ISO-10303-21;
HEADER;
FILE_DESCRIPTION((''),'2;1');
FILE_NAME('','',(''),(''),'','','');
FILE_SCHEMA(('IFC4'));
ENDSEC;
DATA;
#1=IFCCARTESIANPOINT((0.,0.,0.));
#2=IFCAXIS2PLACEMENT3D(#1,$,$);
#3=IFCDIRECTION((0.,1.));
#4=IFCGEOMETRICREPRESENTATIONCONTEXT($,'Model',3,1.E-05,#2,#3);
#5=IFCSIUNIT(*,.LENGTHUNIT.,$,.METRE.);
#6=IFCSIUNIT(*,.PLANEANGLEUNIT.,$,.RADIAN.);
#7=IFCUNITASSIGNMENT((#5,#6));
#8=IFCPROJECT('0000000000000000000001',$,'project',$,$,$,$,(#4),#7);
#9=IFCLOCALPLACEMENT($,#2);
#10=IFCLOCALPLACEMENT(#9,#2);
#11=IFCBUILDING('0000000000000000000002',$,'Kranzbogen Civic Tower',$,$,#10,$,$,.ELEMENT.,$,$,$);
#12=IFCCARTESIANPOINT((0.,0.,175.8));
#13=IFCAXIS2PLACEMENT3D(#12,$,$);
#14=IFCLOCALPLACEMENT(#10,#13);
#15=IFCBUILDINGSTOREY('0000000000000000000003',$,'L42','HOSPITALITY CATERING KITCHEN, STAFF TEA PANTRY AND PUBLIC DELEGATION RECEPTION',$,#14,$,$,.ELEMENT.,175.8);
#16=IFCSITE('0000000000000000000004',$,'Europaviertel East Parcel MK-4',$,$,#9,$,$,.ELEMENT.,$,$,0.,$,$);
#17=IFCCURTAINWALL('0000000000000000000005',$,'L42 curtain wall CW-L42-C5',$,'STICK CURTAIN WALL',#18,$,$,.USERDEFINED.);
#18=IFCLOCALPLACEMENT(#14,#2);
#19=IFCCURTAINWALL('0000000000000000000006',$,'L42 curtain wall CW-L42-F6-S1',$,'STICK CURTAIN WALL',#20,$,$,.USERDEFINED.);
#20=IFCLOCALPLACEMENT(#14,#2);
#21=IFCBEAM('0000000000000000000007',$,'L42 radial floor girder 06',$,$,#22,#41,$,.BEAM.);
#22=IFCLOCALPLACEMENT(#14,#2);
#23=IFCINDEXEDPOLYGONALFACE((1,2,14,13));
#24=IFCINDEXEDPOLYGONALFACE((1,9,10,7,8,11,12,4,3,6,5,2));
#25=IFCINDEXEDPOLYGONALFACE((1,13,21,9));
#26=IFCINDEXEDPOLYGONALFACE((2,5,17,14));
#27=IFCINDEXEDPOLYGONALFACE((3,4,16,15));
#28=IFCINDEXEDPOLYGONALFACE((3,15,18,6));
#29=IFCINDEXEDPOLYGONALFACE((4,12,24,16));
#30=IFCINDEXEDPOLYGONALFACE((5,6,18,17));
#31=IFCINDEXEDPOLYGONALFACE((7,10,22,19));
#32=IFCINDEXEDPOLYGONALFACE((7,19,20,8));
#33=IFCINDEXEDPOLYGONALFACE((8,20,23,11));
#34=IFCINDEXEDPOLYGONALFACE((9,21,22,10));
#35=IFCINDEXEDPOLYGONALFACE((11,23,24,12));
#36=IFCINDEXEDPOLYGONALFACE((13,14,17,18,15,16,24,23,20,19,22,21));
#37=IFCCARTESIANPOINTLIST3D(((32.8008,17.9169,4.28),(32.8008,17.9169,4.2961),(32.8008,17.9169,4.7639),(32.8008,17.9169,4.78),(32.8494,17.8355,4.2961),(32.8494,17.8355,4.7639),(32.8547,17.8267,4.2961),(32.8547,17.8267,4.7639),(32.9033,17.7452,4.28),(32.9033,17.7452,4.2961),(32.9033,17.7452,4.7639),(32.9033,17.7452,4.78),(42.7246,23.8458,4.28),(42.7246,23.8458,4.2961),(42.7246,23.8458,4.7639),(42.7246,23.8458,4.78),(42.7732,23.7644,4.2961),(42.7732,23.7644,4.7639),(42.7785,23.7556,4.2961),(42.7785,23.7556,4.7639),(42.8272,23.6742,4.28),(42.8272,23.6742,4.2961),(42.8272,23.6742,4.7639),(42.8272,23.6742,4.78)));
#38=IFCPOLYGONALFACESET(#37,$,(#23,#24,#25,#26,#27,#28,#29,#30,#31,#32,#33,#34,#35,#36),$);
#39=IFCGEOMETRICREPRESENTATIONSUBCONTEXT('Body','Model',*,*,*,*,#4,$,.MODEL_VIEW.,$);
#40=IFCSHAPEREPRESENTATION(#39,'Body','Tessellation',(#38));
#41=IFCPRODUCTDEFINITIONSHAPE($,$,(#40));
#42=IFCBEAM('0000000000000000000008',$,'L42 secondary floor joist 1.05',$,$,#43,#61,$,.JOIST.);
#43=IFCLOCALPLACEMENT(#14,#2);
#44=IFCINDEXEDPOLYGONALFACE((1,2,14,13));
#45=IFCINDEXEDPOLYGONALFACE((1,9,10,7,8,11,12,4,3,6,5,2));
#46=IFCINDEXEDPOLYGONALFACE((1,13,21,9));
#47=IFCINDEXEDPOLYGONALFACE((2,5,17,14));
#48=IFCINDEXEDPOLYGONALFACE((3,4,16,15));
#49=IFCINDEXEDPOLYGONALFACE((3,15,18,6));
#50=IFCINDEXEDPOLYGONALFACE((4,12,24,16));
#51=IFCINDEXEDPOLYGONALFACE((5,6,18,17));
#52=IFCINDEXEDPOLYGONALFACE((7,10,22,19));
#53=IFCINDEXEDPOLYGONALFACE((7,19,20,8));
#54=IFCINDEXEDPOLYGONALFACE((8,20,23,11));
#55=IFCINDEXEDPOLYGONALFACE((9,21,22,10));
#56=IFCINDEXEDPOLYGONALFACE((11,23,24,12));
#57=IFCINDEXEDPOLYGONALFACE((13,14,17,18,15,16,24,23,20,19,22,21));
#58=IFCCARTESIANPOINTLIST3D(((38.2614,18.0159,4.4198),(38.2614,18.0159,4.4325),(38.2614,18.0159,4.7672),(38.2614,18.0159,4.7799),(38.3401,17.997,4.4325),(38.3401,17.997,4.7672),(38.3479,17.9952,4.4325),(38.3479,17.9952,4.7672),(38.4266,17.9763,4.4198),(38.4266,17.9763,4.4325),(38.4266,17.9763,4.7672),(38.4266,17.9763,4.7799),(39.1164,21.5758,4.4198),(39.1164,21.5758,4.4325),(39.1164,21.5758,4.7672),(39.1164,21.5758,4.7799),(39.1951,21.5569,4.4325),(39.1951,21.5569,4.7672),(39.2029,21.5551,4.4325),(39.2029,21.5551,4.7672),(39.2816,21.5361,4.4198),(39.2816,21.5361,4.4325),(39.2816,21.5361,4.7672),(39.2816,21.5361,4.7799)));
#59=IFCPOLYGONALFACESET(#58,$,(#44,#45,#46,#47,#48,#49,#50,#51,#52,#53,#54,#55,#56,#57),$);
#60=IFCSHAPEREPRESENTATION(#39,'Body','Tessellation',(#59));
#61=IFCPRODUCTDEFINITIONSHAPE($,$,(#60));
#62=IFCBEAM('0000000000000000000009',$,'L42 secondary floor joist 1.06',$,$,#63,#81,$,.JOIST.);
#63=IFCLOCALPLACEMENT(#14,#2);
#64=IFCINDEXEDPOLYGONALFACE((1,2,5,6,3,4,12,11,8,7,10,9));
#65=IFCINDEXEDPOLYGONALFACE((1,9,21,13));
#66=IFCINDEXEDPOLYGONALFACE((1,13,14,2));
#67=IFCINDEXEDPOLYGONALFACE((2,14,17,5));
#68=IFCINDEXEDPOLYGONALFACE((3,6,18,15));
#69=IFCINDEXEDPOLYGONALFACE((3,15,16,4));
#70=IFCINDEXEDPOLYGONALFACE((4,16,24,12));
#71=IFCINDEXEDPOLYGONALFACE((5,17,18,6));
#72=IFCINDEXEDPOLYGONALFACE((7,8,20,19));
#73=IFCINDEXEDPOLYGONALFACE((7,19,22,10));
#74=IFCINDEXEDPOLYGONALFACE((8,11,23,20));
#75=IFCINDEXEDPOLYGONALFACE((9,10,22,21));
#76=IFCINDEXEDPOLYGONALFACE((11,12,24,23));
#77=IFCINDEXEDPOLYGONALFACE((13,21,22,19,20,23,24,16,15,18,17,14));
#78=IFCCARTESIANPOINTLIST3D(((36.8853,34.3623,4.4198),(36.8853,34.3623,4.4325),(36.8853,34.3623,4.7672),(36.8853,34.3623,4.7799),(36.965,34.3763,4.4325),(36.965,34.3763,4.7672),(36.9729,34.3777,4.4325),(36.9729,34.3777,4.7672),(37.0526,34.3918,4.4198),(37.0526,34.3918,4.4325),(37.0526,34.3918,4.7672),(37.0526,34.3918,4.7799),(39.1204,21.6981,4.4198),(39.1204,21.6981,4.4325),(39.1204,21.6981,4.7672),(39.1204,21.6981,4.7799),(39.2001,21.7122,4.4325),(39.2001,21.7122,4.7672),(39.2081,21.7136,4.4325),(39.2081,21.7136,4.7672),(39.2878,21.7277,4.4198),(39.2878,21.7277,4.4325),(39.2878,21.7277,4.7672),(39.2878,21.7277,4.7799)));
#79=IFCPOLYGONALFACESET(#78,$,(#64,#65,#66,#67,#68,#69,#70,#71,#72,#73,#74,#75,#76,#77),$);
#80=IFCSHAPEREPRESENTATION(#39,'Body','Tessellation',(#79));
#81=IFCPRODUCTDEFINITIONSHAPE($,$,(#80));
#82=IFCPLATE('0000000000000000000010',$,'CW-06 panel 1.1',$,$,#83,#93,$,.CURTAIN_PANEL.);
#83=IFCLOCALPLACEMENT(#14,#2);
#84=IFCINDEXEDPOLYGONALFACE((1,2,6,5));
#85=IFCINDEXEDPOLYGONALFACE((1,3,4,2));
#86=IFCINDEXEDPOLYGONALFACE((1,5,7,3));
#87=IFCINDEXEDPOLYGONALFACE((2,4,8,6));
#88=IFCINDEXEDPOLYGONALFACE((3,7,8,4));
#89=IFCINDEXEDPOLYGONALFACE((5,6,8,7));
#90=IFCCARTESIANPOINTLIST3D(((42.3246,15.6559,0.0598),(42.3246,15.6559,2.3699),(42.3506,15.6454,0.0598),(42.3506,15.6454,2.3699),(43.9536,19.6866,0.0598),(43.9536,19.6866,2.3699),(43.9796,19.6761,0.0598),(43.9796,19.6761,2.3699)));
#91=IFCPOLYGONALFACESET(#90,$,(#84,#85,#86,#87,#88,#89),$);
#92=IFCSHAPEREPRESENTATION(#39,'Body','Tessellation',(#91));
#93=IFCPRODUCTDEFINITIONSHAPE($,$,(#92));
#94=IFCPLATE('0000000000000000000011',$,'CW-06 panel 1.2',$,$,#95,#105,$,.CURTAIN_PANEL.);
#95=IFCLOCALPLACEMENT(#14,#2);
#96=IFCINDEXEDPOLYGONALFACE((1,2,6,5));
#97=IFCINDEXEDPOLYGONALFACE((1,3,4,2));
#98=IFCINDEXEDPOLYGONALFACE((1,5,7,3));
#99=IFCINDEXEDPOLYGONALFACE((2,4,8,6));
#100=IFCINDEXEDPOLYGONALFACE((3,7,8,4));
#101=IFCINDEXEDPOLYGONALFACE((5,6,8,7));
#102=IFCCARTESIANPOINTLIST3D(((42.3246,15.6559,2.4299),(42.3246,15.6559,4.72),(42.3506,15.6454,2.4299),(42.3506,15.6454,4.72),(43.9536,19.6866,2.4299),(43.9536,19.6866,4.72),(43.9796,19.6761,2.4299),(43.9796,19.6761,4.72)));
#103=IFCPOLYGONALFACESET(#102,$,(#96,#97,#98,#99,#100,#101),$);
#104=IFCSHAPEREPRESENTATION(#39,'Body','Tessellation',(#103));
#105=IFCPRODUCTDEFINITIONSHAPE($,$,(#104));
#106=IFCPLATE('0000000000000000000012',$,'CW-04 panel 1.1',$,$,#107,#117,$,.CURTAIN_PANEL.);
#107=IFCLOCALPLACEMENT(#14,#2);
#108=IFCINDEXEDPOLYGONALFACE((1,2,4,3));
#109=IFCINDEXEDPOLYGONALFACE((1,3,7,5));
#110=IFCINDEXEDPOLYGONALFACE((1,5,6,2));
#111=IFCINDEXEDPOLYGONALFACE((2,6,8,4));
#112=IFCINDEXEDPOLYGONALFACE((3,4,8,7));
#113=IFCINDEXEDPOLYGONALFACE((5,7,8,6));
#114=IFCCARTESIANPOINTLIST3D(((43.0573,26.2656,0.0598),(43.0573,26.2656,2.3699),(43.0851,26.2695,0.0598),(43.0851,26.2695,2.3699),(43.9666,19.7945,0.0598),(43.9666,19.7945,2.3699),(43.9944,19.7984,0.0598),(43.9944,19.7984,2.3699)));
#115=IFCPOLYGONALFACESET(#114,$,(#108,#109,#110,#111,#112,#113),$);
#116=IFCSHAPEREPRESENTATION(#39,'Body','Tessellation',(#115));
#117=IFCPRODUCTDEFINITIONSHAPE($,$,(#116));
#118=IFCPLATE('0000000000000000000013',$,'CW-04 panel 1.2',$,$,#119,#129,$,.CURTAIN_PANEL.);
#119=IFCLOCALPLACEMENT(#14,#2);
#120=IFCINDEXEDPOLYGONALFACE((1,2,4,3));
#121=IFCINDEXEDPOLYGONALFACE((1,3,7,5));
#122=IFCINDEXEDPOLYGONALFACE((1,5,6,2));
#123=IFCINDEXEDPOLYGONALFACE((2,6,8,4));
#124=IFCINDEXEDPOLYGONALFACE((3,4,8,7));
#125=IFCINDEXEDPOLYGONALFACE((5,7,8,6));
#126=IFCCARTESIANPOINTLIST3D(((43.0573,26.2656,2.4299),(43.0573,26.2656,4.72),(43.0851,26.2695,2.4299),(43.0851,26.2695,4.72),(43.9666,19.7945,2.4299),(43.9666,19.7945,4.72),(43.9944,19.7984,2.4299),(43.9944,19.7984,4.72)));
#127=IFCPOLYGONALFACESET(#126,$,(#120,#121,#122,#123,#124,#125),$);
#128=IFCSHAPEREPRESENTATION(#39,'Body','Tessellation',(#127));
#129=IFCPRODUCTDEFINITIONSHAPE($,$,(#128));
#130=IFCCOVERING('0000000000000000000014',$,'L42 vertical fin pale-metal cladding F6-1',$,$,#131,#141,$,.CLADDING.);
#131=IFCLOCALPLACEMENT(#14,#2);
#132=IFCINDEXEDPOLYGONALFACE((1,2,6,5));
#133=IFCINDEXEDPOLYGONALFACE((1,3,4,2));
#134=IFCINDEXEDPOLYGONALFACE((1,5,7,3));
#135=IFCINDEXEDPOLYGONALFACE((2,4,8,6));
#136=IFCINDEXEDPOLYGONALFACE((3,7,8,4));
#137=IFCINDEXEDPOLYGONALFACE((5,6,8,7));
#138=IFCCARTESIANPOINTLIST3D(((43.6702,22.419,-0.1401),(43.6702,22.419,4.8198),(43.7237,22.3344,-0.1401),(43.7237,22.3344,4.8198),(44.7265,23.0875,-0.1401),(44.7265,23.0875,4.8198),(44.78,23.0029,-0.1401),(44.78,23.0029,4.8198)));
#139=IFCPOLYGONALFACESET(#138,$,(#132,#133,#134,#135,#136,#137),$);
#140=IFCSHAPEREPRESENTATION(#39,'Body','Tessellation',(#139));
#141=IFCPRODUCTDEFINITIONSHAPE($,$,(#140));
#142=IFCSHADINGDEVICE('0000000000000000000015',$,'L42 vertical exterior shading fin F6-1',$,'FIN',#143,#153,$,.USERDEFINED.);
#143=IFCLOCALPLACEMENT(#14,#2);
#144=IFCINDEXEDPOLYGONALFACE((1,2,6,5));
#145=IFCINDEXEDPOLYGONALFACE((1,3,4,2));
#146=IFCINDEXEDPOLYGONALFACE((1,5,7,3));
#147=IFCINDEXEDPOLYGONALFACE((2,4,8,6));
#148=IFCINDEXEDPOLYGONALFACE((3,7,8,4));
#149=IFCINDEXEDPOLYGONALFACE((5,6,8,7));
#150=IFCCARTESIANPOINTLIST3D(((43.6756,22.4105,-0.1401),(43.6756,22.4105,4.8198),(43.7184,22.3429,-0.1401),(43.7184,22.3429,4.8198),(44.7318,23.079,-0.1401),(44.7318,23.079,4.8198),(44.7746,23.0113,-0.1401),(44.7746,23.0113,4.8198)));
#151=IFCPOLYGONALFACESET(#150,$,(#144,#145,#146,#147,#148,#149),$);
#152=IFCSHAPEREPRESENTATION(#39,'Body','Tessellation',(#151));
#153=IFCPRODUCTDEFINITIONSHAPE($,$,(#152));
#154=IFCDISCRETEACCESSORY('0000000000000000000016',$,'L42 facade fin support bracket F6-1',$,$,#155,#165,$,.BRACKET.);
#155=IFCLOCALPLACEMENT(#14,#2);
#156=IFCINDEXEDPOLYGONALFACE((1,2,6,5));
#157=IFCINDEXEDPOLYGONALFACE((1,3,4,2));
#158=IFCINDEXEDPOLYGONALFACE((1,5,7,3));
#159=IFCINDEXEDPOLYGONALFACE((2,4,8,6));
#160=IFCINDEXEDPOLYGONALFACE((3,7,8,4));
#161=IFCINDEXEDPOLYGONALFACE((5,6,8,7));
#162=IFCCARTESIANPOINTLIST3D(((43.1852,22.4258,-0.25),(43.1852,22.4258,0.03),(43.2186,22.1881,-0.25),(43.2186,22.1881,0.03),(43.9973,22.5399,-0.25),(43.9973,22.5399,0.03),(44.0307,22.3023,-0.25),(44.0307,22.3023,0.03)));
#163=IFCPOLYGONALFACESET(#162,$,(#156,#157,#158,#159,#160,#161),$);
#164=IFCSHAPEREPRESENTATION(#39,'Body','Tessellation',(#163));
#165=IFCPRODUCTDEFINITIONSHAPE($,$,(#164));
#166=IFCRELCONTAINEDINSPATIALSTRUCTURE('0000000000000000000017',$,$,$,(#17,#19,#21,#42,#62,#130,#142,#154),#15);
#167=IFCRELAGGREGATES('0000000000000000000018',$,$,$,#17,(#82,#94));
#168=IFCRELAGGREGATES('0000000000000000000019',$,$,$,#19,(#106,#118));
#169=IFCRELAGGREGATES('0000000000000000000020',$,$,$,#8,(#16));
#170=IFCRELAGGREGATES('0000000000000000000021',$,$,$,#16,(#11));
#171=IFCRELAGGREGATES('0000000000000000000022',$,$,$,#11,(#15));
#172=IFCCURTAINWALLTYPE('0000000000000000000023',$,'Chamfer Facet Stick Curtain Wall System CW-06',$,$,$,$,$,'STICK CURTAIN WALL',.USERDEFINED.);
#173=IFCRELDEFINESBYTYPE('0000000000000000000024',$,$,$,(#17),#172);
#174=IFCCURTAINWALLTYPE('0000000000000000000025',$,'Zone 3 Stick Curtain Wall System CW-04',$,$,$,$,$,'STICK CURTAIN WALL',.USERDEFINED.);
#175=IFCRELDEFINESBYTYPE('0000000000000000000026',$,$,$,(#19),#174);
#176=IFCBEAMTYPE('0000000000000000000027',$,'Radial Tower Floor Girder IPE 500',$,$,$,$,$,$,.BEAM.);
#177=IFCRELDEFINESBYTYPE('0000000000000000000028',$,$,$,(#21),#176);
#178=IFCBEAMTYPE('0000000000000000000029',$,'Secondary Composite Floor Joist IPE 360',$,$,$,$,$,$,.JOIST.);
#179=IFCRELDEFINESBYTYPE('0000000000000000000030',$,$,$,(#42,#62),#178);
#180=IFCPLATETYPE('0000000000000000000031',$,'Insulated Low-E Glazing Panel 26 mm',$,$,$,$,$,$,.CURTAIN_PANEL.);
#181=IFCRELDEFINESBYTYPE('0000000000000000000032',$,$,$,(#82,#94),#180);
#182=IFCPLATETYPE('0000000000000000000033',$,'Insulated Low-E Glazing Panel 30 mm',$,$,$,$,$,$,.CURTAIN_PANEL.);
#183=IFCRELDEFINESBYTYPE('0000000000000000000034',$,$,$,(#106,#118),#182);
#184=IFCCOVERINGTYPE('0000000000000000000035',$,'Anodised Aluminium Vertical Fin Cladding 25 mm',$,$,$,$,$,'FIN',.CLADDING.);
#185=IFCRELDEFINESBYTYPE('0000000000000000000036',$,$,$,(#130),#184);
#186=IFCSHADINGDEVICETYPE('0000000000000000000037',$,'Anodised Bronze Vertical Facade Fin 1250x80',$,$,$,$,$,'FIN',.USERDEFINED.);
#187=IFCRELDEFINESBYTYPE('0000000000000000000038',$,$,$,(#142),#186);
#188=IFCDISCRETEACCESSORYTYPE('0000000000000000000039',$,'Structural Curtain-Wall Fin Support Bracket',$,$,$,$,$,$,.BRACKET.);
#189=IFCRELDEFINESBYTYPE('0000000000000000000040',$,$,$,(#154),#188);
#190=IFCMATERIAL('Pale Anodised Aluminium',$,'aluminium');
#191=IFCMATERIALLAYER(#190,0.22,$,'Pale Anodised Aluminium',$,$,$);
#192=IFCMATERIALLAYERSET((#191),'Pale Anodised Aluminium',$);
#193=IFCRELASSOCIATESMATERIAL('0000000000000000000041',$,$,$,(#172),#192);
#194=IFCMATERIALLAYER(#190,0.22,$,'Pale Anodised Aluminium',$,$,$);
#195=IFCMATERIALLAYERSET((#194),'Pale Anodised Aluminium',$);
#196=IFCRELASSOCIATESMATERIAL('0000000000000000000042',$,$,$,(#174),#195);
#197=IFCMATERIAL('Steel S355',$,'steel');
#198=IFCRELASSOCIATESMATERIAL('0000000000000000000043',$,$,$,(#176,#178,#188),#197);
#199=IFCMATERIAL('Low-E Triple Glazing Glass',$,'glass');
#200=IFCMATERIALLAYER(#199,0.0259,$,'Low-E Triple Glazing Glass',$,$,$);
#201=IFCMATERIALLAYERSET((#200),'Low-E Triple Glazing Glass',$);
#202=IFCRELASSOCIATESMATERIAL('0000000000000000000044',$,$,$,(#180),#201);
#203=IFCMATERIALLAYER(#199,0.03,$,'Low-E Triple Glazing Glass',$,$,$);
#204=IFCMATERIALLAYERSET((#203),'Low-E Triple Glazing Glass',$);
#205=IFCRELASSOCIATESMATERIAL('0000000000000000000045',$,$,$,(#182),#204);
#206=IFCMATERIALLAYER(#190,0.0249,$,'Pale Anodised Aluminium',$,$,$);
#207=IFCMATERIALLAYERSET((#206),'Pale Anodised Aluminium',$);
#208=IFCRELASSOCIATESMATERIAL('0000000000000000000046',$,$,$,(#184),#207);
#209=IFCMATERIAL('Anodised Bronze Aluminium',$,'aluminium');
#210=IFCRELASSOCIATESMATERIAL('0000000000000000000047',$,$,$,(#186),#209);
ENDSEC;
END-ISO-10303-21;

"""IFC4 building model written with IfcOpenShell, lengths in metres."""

from ifc_helpers import new_model, si_unit, direction, frame, origin, origin_2d, place, context, subcontext, project, spatial, rectangle, i_section, extrude, material, layer, layer_set, material_profile, profile_set, type_object, element, aggregate, save


model = new_model("IFC4")

# Units and contexts
model_context = context("Model", 3, precision=1e-05, world=origin(), true_north=direction((0.0, 1.0)))
body_context = subcontext(model_context, "Body", "Model", "MODEL_VIEW")
ifc_project = project(units=[si_unit("LENGTHUNIT", "METRE"), si_unit("PLANEANGLEUNIT", "RADIAN")], contexts=[model_context])

# Site, building, storey
site_placement = place(None, origin())
site = spatial("IfcSite", under=ifc_project, at=site_placement, Name="Europaviertel East Parcel MK-4", CompositionType="ELEMENT", RefElevation=0.0)
building_placement = place(site_placement, origin())
building = spatial("IfcBuilding", under=site, at=building_placement, Name="Kranzbogen Civic Tower", CompositionType="ELEMENT")
storey_placement = place(building_placement, frame((0.0, 0.0, 175.8)))
storey = spatial("IfcBuildingStorey", under=building, at=storey_placement, Name="L42", Description="HOSPITALITY CATERING KITCHEN, STAFF TEA PANTRY AND PUBLIC DELEGATION RECEPTION", CompositionType="ELEMENT", Elevation=175.8)

# Shared definitions
ifc_material_1 = material(Name="Steel S355", Category="steel")

# Curtain wall
ifc_material_2 = material(Name="Pale Anodised Aluminium", Category="aluminium")
ifc_layer_1 = layer(ifc_material_2, 0.22, Name="Pale Anodised Aluminium")
ifc_layer_set_1 = layer_set([ifc_layer_1], Name="Pale Anodised Aluminium")
curtain_wall_type_1 = type_object("IfcCurtainWallType", Name="Chamfer Facet Stick Curtain Wall System CW-06", ElementType="STICK CURTAIN WALL", PredefinedType="USERDEFINED", material=ifc_layer_set_1)
curtain_wall_1_placement = place(storey_placement, origin())
curtain_wall_1 = element("IfcCurtainWall", 1, at=curtain_wall_1_placement, inside=storey, type_object=curtain_wall_type_1, Name="L42 curtain wall CW-L42-C5", ObjectType="STICK CURTAIN WALL", PredefinedType="USERDEFINED")

# Curtain wall
ifc_layer_2 = layer(ifc_material_2, 0.22, Name="Pale Anodised Aluminium")
ifc_layer_set_2 = layer_set([ifc_layer_2], Name="Pale Anodised Aluminium")
curtain_wall_type_2 = type_object("IfcCurtainWallType", Name="Zone 3 Stick Curtain Wall System CW-04", ElementType="STICK CURTAIN WALL", PredefinedType="USERDEFINED", material=ifc_layer_set_2)
curtain_wall_2_placement = place(storey_placement, origin())
curtain_wall_2 = element("IfcCurtainWall", 2, at=curtain_wall_2_placement, inside=storey, type_object=curtain_wall_type_2, Name="L42 curtain wall CW-L42-F6-S1", ObjectType="STICK CURTAIN WALL", PredefinedType="USERDEFINED")

# Beams
ifc_material_profile_1 = material_profile(ifc_material_1, i_section(OverallWidth=0.2, OverallDepth=0.5, WebThickness=0.0103, FlangeThickness=0.0161, at=origin_2d()), Name="IPE 500")
ifc_profile_set_1 = profile_set([ifc_material_profile_1], Name="Steel S355")
beam_type_1 = type_object("IfcBeamType", Name="Radial Tower Floor Girder IPE 500", PredefinedType="BEAM", material=ifc_profile_set_1)
beam_1_placement = place(storey_placement, frame((42.7759, 23.76, 4.53), z_axis=(-0.858459, -0.512883, 0.0), x_axis=(0.512883, -0.858459, 0.0)))
element("IfcBeam", 3, at=beam_1_placement, inside=storey, type_object=beam_type_1, Name="L42 radial floor girder 06", PredefinedType="BEAM", context=body_context, shape_type="SweptSolid", body=[
    extrude(i_section(OverallWidth=0.2, OverallDepth=0.5, WebThickness=0.0103, FlangeThickness=0.0161, at=origin_2d()), origin(), (0.0, 0.0, 1.0), 11.5601),
])
ifc_material_profile_2 = material_profile(ifc_material_1, i_section(OverallWidth=0.1699, OverallDepth=0.3601, WebThickness=0.0081, FlangeThickness=0.0127, at=origin_2d()), Name="IPE 360")
ifc_profile_set_2 = profile_set([ifc_material_profile_2], Name="Steel S355")
beam_type_2 = type_object("IfcBeamType", Name="Secondary Composite Floor Joist IPE 360", PredefinedType="JOIST", material=ifc_profile_set_2)
beam_2_placement = place(storey_placement, frame((38.344, 17.9961, 4.5999), z_axis=(0.233534, 0.972349, 0.0), x_axis=(-0.972349, 0.233534, 0.0)))
element("IfcBeam", 4, at=beam_2_placement, inside=storey, type_object=beam_type_2, Name="L42 secondary floor joist 1.05", PredefinedType="JOIST", context=body_context, shape_type="SweptSolid", body=[
    extrude(i_section(OverallWidth=0.1699, OverallDepth=0.3601, WebThickness=0.0081, FlangeThickness=0.0127, at=origin_2d()), origin(), (0.0, 0.0, 1.0), 3.6611),
])
beam_3_placement = place(storey_placement, frame((39.2041, 21.7129, 4.5999), z_axis=(-0.173806, 0.98478, 0.0), x_axis=(-0.98478, -0.173806, 0.0)))
element("IfcBeam", 5, at=beam_3_placement, inside=storey, type_object=beam_type_2, Name="L42 secondary floor joist 1.06", PredefinedType="JOIST", context=body_context, shape_type="SweptSolid", body=[
    extrude(i_section(OverallWidth=0.1699, OverallDepth=0.3601, WebThickness=0.0081, FlangeThickness=0.0127, at=origin_2d()), origin(), (0.0, 0.0, 1.0), 12.8599),
])

# Plates
ifc_material_3 = material(Name="Low-E Triple Glazing Glass", Category="glass")
ifc_layer_3 = layer(ifc_material_3, 0.0259, Name="Low-E Triple Glazing Glass")
ifc_layer_set_3 = layer_set([ifc_layer_3], Name="Low-E Triple Glazing Glass")
plate_type_1 = type_object("IfcPlateType", Name="Insulated Low-E Glazing Panel 26 mm", PredefinedType="CURTAIN_PANEL", material=ifc_layer_set_3)
plate_1_placement = place(storey_placement, frame((43.1521, 17.666, 0.0598), z_axis=(0.0, 0.0, 1.0), x_axis=(0.374707, 0.927143, 0.0)))
plate_1 = element("IfcPlate", 6, at=plate_1_placement, type_object=plate_type_1, Name="CW-06 panel 1.1", PredefinedType="CURTAIN_PANEL", context=body_context, shape_type="SweptSolid", body=[
    extrude(rectangle(XDim=4.3474, YDim=0.0281, at=origin_2d()), origin(), (0.0, 0.0, 1.0), 2.3101),
])
plate_2_placement = place(storey_placement, frame((43.1521, 17.666, 2.4299), z_axis=(0.0, 0.0, 1.0), x_axis=(0.374707, 0.927143, 0.0)))
plate_2 = element("IfcPlate", 7, at=plate_2_placement, type_object=plate_type_1, Name="CW-06 panel 1.2", PredefinedType="CURTAIN_PANEL", context=body_context, shape_type="SweptSolid", body=[
    extrude(rectangle(XDim=4.3474, YDim=0.0281, at=origin_2d()), origin(), (0.0, 0.0, 1.0), 2.29),
])
aggregate(curtain_wall_1, [plate_1, plate_2])
ifc_layer_4 = layer(ifc_material_3, 0.03, Name="Low-E Triple Glazing Glass")
ifc_layer_set_4 = layer_set([ifc_layer_4], Name="Low-E Triple Glazing Glass")
plate_type_2 = type_object("IfcPlateType", Name="Insulated Low-E Glazing Panel 30 mm", PredefinedType="CURTAIN_PANEL", material=ifc_layer_set_4)
plate_3_placement = place(storey_placement, frame((43.5259, 23.032, 0.0598), z_axis=(0.0, 0.0, 1.0), x_axis=(-0.139149, 0.990271, 0.0)))
plate_3 = element("IfcPlate", 8, at=plate_3_placement, type_object=plate_type_2, Name="CW-04 panel 1.1", PredefinedType="CURTAIN_PANEL", context=body_context, shape_type="SweptSolid", body=[
    extrude(rectangle(XDim=6.5347, YDim=0.0281, at=origin_2d()), origin(), (0.0, 0.0, 1.0), 2.3101),
])
plate_4_placement = place(storey_placement, frame((43.5259, 23.032, 2.4299), z_axis=(0.0, 0.0, 1.0), x_axis=(-0.139149, 0.990271, 0.0)))
plate_4 = element("IfcPlate", 9, at=plate_4_placement, type_object=plate_type_2, Name="CW-04 panel 1.2", PredefinedType="CURTAIN_PANEL", context=body_context, shape_type="SweptSolid", body=[
    extrude(rectangle(XDim=6.5347, YDim=0.0281, at=origin_2d()), origin(), (0.0, 0.0, 1.0), 2.29),
])
aggregate(curtain_wall_2, [plate_3, plate_4])

# Covering
ifc_layer_5 = layer(ifc_material_2, 0.0249, Name="Pale Anodised Aluminium")
ifc_layer_set_5 = layer_set([ifc_layer_5], Name="Pale Anodised Aluminium")
covering_type = type_object("IfcCoveringType", Name="Anodised Aluminium Vertical Fin Cladding 25 mm", ElementType="FIN", PredefinedType="CLADDING", material=ifc_layer_set_5)
covering_placement = place(storey_placement, frame((44.2251, 22.7109, -0.1401), z_axis=(0.0, 0.0, 1.0), x_axis=(0.844991, 0.53478, 0.0)))
element("IfcCovering", 10, at=covering_placement, inside=storey, type_object=covering_type, Name="L42 vertical fin pale-metal cladding F6-1", PredefinedType="CLADDING", context=body_context, shape_type="SweptSolid", body=[
    extrude(rectangle(XDim=1.25, YDim=0.1001, at=origin_2d()), origin(), (0.0, 0.0, 1.0), 4.96),
])

# Shading device
ifc_material_4 = material(Name="Anodised Bronze Aluminium", Category="aluminium")
shading_device_type = type_object("IfcShadingDeviceType", Name="Anodised Bronze Vertical Facade Fin 1250x80", ElementType="FIN", PredefinedType="USERDEFINED", material=ifc_material_4)
shading_device_placement = place(storey_placement, frame((44.2251, 22.7109, -0.1401), z_axis=(0.0, 0.0, 1.0), x_axis=(0.844991, 0.53478, 0.0)))
element("IfcShadingDevice", 11, at=shading_device_placement, inside=storey, type_object=shading_device_type, Name="L42 vertical exterior shading fin F6-1", ObjectType="FIN", PredefinedType="USERDEFINED", context=body_context, shape_type="SweptSolid", body=[
    extrude(rectangle(XDim=1.25, YDim=0.0801, at=origin_2d()), origin(), (0.0, 0.0, 1.0), 4.96),
])

# Discrete accessory
discrete_accessory_type = type_object("IfcDiscreteAccessoryType", Name="Structural Curtain-Wall Fin Support Bracket", PredefinedType="BRACKET", material=ifc_material_1)
discrete_accessory_placement = place(storey_placement, frame((43.6079, 22.364, -0.25), z_axis=(0.0, 0.0, 1.0), x_axis=(0.990268, 0.139173, 0.0)))
element("IfcDiscreteAccessory", 12, at=discrete_accessory_placement, inside=storey, type_object=discrete_accessory_type, Name="L42 facade fin support bracket F6-1", PredefinedType="BRACKET", context=body_context, shape_type="SweptSolid", body=[
    extrude(rectangle(XDim=0.8201, YDim=0.24, at=origin_2d()), origin(), (0.0, 0.0, 1.0), 0.28),
])

save(model, "model.ifc")
